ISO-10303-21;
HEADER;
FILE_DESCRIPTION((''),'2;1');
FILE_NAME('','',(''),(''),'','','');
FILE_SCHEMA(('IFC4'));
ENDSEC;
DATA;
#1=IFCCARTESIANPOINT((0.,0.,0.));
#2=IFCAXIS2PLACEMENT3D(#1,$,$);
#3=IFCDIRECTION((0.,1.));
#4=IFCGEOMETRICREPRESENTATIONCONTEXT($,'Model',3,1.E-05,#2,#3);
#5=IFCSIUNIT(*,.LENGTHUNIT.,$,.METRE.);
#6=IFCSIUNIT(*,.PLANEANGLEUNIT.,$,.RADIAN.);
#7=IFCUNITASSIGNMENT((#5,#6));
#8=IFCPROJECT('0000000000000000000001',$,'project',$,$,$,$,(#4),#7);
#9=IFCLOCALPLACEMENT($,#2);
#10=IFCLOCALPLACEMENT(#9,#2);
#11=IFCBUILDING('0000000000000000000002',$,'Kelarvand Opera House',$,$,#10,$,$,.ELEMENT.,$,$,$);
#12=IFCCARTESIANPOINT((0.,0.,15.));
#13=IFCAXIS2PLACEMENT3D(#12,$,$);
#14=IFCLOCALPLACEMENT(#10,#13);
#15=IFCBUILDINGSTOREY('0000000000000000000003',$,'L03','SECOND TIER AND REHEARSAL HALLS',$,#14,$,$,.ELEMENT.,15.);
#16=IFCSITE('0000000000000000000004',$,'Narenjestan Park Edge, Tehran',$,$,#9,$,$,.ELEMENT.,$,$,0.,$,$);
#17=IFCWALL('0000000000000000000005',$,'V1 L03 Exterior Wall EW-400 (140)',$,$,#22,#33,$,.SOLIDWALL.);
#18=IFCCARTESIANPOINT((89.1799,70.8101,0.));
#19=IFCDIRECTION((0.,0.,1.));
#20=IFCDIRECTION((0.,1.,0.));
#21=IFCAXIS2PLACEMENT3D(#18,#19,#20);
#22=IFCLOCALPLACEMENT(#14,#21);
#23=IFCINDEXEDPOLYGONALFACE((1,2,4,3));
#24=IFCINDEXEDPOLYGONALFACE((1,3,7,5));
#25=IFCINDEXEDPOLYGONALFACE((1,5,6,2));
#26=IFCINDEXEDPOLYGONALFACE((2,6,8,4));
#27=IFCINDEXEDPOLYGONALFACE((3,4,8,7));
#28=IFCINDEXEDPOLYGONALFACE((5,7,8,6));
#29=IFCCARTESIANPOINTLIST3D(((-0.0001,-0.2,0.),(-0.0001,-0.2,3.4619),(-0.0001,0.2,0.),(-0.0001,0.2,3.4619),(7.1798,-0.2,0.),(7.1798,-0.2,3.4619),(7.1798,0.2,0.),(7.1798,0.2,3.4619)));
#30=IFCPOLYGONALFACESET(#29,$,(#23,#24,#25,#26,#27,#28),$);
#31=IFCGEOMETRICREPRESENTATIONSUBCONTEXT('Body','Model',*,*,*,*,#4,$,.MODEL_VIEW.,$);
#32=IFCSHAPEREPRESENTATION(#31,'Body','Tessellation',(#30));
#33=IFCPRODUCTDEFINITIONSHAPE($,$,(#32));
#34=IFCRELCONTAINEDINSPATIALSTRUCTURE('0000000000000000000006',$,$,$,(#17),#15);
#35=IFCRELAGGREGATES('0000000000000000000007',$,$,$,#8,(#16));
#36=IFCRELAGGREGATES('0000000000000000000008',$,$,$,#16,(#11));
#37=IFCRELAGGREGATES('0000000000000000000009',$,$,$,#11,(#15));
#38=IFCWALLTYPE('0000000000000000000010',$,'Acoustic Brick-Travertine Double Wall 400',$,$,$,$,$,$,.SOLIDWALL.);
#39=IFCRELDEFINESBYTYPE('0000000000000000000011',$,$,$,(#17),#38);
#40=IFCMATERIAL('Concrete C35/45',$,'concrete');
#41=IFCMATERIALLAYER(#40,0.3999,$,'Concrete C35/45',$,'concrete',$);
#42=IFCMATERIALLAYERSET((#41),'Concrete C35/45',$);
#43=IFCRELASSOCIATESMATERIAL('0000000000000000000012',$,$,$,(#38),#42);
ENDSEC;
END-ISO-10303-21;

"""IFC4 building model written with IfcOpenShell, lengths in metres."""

from ifc_helpers import new_model, si_unit, direction, frame, frame_2d, origin, place, context, subcontext, project, spatial, rectangle, extrude, material, layer, layer_set, type_object, element, save


model = new_model("IFC4")

# Units and contexts
model_context = context("Model", 3, precision=1e-05, world=origin(), true_north=direction((0.0, 1.0)))
body_context = subcontext(model_context, "Body", "Model", "MODEL_VIEW")
ifc_project = project(units=[si_unit("LENGTHUNIT", "METRE"), si_unit("PLANEANGLEUNIT", "RADIAN")], contexts=[model_context])

# Site, building, storey
site_placement = place(None, origin())
site = spatial("IfcSite", under=ifc_project, at=site_placement, Name="Narenjestan Park Edge, Tehran", CompositionType="ELEMENT", RefElevation=0.0)
building_placement = place(site_placement, origin())
building = spatial("IfcBuilding", under=site, at=building_placement, Name="Kelarvand Opera House", CompositionType="ELEMENT")
storey_placement = place(building_placement, frame((0.0, 0.0, 15.0)))
storey = spatial("IfcBuildingStorey", under=building, at=storey_placement, Name="L03", Description="SECOND TIER AND REHEARSAL HALLS", CompositionType="ELEMENT", Elevation=15.0)

# Wall
ifc_material_1 = material(Name="Concrete C35/45", Category="concrete")
ifc_layer_1 = layer(ifc_material_1, 0.3999, Name="Concrete C35/45", Category="concrete")
ifc_layer_set_1 = layer_set([ifc_layer_1], Name="Concrete C35/45")
wall_type = type_object("IfcWallType", Name="Acoustic Brick-Travertine Double Wall 400", PredefinedType="SOLIDWALL", material=ifc_layer_set_1)
wall_placement = place(storey_placement, frame((89.1799, 70.8101, 0.0), z_axis=(0.0, 0.0, 1.0), x_axis=(0.0, 1.0, 0.0)))
element("IfcWall", 1, at=wall_placement, inside=storey, type_object=wall_type, Name="V1 L03 Exterior Wall EW-400 (140)", PredefinedType="SOLIDWALL", context=body_context, shape_type="SweptSolid", body=[
    extrude(rectangle(XDim=7.1799, YDim=0.3999, at=frame_2d((3.5898, 0.0))), origin(), (0.0, 0.0, 1.0), 3.4619),
])

save(model, "model.ifc")
